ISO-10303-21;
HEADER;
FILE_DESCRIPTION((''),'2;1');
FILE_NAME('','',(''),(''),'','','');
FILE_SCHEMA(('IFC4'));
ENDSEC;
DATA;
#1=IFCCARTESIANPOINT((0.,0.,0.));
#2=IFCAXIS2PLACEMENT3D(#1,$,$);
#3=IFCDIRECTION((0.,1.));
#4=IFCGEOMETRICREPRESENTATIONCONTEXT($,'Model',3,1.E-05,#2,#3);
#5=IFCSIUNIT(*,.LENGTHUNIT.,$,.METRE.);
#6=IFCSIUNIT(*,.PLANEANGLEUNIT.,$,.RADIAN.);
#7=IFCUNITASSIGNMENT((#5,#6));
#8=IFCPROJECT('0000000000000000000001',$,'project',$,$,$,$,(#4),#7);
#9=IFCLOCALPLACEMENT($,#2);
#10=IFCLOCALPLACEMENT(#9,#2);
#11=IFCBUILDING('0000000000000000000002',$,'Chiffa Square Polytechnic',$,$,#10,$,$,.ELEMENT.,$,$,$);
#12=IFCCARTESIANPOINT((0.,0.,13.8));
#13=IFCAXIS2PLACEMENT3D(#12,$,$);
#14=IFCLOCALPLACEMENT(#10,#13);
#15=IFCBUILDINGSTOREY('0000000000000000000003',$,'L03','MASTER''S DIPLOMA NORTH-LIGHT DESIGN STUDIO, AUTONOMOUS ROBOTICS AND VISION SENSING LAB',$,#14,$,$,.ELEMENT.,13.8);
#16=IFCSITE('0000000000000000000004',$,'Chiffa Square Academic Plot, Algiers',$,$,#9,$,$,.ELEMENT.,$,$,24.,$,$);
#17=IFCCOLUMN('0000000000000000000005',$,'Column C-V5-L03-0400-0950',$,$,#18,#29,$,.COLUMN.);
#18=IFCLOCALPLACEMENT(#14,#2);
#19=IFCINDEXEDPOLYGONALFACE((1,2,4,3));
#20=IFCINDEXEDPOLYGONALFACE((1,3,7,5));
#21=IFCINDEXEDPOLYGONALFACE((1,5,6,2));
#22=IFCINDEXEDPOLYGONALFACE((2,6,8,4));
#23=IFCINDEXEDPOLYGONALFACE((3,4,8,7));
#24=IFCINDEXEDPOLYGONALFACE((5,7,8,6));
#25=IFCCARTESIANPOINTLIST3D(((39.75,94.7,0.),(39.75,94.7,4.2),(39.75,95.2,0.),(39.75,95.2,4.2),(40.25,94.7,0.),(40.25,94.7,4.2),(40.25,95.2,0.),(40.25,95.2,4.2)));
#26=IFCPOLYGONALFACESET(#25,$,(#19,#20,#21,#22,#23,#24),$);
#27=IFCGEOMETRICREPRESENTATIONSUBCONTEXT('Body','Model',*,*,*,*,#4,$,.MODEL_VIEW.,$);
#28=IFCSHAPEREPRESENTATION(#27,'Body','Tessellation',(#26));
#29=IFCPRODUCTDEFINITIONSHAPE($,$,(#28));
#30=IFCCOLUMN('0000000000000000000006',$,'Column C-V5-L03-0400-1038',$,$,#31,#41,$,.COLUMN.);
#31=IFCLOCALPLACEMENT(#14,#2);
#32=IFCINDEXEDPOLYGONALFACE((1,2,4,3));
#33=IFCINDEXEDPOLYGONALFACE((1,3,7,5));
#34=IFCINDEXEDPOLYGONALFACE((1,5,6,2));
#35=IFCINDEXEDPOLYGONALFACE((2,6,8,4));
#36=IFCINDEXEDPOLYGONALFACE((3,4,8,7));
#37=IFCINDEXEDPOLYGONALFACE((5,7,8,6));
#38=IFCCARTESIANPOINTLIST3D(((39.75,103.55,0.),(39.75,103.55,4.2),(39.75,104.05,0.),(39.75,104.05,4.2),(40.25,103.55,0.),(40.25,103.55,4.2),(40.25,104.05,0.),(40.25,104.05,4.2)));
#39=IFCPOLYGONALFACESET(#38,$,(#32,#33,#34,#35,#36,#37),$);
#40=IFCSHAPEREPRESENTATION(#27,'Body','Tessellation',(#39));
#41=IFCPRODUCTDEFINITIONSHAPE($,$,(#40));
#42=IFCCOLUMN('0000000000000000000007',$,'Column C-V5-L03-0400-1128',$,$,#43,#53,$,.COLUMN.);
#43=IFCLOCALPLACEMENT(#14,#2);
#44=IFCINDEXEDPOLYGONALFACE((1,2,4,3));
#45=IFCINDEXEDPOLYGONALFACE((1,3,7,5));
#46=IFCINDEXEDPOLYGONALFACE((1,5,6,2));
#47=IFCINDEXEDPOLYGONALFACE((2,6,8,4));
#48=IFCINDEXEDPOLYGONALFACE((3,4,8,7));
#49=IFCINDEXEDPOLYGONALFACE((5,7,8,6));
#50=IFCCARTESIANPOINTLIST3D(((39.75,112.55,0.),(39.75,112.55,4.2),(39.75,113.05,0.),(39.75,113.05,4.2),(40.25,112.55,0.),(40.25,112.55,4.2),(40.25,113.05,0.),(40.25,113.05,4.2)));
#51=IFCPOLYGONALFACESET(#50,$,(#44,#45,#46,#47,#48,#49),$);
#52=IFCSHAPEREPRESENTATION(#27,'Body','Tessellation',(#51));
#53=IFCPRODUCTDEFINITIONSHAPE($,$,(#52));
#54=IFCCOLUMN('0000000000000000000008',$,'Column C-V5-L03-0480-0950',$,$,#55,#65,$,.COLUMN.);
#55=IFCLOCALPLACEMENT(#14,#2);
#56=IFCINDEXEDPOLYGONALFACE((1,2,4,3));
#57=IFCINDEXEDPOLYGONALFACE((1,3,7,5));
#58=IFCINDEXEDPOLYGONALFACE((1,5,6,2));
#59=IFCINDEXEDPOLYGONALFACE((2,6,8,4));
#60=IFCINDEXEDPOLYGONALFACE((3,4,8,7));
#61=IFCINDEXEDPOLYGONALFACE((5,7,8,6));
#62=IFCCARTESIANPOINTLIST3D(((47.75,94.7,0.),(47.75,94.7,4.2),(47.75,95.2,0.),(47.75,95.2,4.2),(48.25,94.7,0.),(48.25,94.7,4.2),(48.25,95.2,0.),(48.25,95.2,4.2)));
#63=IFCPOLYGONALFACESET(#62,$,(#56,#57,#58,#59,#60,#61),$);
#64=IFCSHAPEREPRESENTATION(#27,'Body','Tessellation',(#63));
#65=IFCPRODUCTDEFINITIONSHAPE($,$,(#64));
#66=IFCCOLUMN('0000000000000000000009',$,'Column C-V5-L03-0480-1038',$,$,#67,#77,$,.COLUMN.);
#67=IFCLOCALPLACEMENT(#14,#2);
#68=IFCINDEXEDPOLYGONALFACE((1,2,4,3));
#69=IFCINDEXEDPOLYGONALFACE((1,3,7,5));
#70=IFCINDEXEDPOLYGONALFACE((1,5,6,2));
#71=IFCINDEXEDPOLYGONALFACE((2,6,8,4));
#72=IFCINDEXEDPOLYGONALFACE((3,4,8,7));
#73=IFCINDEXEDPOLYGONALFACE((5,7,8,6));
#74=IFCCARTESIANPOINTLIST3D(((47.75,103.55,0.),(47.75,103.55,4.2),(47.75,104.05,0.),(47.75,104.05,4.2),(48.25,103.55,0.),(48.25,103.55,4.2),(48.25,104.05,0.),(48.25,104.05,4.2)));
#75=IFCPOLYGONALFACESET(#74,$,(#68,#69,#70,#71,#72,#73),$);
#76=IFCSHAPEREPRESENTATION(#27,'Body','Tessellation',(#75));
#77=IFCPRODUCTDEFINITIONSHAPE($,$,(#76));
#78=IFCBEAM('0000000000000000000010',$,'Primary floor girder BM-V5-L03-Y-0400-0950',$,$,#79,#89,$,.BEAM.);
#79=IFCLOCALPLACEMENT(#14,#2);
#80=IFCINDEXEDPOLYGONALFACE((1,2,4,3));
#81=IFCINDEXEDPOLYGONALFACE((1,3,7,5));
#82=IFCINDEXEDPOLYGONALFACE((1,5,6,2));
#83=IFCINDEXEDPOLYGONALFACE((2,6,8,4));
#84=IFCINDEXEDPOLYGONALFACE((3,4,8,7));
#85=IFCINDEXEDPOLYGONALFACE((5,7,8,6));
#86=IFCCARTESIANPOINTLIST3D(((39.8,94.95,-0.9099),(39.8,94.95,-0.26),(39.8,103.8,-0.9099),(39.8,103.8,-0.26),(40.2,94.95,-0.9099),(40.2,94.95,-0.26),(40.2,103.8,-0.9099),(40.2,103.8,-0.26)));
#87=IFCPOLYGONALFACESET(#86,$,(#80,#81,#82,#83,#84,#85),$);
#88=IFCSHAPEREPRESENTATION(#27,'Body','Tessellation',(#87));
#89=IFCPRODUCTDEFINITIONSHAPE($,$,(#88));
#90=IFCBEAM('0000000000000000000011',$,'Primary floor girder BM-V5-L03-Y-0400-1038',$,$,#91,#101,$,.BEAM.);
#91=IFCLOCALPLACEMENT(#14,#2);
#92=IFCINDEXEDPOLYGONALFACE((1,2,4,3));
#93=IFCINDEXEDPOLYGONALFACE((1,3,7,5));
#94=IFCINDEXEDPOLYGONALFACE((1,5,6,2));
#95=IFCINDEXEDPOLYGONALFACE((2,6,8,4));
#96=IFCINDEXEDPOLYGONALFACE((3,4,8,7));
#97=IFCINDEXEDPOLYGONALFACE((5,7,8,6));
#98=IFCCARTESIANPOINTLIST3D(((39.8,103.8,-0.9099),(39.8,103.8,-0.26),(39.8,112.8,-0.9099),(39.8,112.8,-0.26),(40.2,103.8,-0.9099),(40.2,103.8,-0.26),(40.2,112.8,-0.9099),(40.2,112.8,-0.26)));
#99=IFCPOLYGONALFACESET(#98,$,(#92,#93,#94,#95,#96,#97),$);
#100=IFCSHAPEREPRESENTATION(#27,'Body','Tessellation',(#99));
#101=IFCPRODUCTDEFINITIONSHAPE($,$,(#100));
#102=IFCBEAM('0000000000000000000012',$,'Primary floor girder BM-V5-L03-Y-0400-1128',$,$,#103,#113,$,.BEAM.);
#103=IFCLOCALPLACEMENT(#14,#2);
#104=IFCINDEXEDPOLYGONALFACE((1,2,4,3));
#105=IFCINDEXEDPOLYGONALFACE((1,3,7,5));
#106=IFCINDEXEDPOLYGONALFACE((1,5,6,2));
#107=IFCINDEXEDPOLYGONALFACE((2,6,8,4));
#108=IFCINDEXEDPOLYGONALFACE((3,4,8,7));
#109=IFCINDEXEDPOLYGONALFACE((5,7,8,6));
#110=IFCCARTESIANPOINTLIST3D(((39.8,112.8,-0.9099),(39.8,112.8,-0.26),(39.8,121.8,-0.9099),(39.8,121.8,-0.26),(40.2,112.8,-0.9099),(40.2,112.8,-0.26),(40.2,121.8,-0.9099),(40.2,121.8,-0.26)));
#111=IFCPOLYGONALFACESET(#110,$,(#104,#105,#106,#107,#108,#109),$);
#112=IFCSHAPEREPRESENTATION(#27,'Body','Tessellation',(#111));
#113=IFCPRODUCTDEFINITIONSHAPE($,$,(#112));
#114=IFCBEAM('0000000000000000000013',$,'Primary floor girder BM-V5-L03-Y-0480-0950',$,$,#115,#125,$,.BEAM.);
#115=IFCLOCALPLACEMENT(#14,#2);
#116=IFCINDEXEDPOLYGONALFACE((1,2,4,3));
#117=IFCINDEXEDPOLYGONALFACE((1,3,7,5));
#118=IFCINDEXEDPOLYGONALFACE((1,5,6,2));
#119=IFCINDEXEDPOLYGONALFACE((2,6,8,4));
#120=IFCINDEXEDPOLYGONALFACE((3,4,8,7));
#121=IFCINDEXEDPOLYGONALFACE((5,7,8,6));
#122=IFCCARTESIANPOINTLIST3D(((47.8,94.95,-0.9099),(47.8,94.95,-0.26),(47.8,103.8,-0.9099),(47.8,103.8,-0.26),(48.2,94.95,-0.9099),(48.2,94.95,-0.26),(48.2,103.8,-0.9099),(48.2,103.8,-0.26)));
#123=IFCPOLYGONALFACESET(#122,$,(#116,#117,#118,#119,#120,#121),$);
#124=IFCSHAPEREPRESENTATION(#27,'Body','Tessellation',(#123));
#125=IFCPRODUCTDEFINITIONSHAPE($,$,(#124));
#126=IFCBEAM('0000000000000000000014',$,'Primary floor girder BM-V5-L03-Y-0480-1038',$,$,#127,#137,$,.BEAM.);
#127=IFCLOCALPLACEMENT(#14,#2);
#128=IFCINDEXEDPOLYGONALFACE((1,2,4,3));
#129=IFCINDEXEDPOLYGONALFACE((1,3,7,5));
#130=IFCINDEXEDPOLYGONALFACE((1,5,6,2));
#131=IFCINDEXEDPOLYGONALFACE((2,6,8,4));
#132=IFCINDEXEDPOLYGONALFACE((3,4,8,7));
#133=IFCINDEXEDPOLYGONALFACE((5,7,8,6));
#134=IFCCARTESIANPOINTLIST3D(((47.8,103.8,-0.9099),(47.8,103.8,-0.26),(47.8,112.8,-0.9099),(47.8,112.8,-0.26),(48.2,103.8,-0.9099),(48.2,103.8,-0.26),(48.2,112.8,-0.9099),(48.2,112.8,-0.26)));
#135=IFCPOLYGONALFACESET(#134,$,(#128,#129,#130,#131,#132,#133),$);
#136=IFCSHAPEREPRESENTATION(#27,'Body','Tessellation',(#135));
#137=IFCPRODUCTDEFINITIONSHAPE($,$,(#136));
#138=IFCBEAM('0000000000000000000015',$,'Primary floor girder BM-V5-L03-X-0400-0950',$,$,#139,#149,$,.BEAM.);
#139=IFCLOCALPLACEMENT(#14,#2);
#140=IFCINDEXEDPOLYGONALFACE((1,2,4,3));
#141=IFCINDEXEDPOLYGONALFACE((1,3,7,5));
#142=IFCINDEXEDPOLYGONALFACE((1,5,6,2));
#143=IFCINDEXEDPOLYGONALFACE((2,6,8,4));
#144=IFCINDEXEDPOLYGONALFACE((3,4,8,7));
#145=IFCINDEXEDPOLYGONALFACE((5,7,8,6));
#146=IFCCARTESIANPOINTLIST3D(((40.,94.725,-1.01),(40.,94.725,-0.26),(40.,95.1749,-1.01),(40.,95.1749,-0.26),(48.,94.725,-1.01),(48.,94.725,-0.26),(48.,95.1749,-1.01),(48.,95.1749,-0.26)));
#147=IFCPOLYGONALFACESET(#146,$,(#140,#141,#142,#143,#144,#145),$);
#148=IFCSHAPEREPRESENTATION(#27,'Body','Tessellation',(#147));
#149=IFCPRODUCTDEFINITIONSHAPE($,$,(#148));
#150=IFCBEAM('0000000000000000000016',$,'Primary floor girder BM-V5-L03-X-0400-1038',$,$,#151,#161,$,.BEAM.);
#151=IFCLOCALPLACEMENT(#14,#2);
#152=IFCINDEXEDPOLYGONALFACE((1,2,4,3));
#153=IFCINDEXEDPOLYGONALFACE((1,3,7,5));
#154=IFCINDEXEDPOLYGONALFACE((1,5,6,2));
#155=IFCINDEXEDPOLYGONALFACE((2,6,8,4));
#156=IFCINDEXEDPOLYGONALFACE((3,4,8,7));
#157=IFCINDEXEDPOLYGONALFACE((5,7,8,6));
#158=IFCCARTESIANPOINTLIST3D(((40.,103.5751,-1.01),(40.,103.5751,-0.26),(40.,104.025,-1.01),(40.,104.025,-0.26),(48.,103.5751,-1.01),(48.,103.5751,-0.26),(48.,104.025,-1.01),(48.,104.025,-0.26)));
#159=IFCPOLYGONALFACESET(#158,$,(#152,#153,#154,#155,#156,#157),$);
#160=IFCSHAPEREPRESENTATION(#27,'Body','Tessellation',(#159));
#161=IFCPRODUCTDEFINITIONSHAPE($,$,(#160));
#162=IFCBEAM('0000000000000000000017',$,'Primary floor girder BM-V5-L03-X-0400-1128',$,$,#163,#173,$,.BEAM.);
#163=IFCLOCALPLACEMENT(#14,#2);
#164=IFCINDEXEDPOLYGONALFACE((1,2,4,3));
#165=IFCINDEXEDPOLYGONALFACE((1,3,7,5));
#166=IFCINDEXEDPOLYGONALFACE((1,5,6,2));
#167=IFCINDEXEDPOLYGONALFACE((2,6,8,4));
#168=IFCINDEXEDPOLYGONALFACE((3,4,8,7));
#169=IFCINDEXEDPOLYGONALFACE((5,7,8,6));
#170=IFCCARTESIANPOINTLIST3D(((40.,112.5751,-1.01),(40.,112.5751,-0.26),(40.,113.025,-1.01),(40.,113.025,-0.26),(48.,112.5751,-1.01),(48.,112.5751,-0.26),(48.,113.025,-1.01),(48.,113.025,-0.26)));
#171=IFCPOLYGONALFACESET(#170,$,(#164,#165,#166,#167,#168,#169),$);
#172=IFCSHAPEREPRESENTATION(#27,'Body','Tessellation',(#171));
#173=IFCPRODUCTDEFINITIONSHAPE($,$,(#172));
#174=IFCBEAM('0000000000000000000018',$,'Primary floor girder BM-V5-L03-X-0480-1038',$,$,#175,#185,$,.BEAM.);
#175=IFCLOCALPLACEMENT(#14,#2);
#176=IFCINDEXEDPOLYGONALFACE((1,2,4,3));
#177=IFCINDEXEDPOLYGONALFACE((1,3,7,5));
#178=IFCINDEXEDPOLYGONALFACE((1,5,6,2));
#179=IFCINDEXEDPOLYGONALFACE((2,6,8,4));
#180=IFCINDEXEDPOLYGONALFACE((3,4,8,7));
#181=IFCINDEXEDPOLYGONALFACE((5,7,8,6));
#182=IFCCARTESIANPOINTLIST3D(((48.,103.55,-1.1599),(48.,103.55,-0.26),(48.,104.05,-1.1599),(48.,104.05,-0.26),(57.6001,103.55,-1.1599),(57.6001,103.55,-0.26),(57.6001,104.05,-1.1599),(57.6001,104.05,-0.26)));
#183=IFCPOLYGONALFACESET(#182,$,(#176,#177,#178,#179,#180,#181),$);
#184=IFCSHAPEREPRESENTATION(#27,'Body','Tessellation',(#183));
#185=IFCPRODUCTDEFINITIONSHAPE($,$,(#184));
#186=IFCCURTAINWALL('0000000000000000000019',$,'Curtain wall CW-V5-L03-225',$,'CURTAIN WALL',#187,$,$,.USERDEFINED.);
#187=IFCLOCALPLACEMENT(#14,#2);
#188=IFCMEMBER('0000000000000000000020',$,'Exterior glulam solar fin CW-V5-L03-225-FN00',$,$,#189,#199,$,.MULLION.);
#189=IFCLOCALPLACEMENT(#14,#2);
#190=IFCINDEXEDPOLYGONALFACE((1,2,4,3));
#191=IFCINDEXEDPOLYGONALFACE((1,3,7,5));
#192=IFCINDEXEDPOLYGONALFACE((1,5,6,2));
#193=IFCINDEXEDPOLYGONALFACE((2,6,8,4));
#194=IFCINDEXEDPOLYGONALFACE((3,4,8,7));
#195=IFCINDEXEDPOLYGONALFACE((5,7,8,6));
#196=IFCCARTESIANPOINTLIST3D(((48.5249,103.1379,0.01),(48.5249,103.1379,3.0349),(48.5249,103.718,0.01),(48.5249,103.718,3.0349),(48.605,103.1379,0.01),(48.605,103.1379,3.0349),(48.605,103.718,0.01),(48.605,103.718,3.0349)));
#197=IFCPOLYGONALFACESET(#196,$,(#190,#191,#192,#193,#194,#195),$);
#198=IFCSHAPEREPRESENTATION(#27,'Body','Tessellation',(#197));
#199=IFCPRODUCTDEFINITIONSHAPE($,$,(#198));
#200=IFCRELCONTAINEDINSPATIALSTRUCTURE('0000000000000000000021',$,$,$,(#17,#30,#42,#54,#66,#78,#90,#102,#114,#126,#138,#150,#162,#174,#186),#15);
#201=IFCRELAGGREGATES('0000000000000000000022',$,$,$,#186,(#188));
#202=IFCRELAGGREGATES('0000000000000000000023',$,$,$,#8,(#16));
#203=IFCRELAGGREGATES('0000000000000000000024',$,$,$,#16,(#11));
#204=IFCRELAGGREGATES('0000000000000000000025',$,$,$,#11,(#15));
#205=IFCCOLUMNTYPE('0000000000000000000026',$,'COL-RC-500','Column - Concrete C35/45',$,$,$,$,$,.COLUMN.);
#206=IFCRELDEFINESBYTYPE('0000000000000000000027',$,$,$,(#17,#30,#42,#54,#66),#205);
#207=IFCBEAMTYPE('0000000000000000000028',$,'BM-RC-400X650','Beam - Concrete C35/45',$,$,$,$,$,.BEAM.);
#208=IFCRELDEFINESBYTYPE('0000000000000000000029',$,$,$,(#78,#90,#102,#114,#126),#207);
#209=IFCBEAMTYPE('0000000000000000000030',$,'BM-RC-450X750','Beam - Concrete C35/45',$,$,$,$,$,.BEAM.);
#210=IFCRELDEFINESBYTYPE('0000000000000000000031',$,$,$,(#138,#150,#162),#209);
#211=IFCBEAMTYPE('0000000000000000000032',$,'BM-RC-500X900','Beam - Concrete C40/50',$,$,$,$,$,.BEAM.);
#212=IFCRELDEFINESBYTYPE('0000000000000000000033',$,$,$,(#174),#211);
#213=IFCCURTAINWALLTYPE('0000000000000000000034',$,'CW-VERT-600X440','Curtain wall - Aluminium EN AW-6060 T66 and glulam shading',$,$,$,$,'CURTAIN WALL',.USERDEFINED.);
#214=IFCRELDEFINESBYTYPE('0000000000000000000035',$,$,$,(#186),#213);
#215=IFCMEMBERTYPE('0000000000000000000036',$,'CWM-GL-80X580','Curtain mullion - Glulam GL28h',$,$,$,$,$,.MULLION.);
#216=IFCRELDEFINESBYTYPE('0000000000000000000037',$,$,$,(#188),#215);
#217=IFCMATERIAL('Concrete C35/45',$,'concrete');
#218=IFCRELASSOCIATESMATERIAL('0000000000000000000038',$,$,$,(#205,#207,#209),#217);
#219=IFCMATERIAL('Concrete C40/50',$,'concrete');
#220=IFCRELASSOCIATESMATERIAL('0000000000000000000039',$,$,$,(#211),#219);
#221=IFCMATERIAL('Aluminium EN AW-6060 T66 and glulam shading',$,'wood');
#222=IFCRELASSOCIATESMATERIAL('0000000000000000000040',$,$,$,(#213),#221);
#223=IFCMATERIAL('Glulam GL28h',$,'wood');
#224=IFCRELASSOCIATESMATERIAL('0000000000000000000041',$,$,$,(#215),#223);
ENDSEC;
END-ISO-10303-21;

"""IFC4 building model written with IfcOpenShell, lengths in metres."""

from ifc_helpers import new_model, si_unit, direction, frame, origin, origin_2d, place, context, subcontext, project, spatial, rectangle, extrude, material, material_profile, profile_set, type_object, element, aggregate, save


model = new_model("IFC4")

# Units and contexts
model_context = context("Model", 3, precision=1e-05, world=origin(), true_north=direction((0.0, 1.0)))
body_context = subcontext(model_context, "Body", "Model", "MODEL_VIEW")
ifc_project = project(units=[si_unit("LENGTHUNIT", "METRE"), si_unit("PLANEANGLEUNIT", "RADIAN")], contexts=[model_context])

# Site, building, storey
site_placement = place(None, origin())
site = spatial("IfcSite", under=ifc_project, at=site_placement, Name="Chiffa Square Academic Plot, Algiers", CompositionType="ELEMENT", RefElevation=24.0)
building_placement = place(site_placement, origin())
building = spatial("IfcBuilding", under=site, at=building_placement, Name="Chiffa Square Polytechnic", CompositionType="ELEMENT")
storey_placement = place(building_placement, frame((0.0, 0.0, 13.8)))
storey = spatial("IfcBuildingStorey", under=building, at=storey_placement, Name="L03", Description="MASTER'S DIPLOMA NORTH-LIGHT DESIGN STUDIO, AUTONOMOUS ROBOTICS AND VISION SENSING LAB", CompositionType="ELEMENT", Elevation=13.8)

# Columns
ifc_material_1 = material(Name="Concrete C35/45", Category="concrete")
ifc_material_profile_1 = material_profile(ifc_material_1, rectangle(XDim=0.5, YDim=0.5, at=origin_2d()), Name="RC 500x500")
ifc_profile_set_1 = profile_set([ifc_material_profile_1], Name="Concrete C35/45")
column_type = type_object("IfcColumnType", Name="COL-RC-500", Description="Column - Concrete C35/45", PredefinedType="COLUMN", material=ifc_profile_set_1)
for number, where, z_axis, x_axis, name in (
    (1, (40.0, 94.95, 0.0), (0.0, 0.0, 1.0), (1.0, 0.0, 0.0), "Column C-V5-L03-0400-0950"),
    (2, (40.0, 103.8, 0.0), (0.0, 0.0, 1.0), (1.0, 0.0, 0.0), "Column C-V5-L03-0400-1038"),
    (3, (40.0, 112.8, 0.0), (0.0, 0.0, 1.0), (1.0, 0.0, 0.0), "Column C-V5-L03-0400-1128"),
    (4, (48.0, 94.95, 0.0), (0.0, 0.0, 1.0), (1.0, 0.0, 0.0), "Column C-V5-L03-0480-0950"),
    (5, (48.0, 103.8, 0.0), (0.0, 0.0, 1.0), (1.0, 0.0, 0.0), "Column C-V5-L03-0480-1038"),
):
    element("IfcColumn", number, at=place(storey_placement, frame(where, z_axis=z_axis, x_axis=x_axis)), inside=storey, type_object=column_type, Name=name, PredefinedType="COLUMN", context=body_context, shape_type="SweptSolid", body=[
        extrude(rectangle(XDim=0.5, YDim=0.5, at=origin_2d()), origin(), (0.0, 0.0, 1.0), 4.2),
    ])

# Beams
ifc_material_profile_2 = material_profile(ifc_material_1, rectangle(XDim=0.3999, YDim=0.6499, at=origin_2d()), Name="RC 400x650")
ifc_profile_set_2 = profile_set([ifc_material_profile_2], Name="Concrete C35/45")
beam_type_1 = type_object("IfcBeamType", Name="BM-RC-400X650", Description="Beam - Concrete C35/45", PredefinedType="BEAM", material=ifc_profile_set_2)
beam_1_placement = place(storey_placement, frame((40.0, 94.95, -0.585), z_axis=(0.0, 1.0, 0.0), x_axis=(-1.0, 0.0, 0.0)))
element("IfcBeam", 6, at=beam_1_placement, inside=storey, type_object=beam_type_1, Name="Primary floor girder BM-V5-L03-Y-0400-0950", PredefinedType="BEAM", context=body_context, shape_type="SweptSolid", body=[
    extrude(rectangle(XDim=0.3999, YDim=0.6499, at=origin_2d()), origin(), (0.0, 0.0, 1.0), 8.8501),
])
for number, where, z_axis, x_axis, name in (
    (7, (40.0, 103.8, -0.585), (0.0, 1.0, 0.0), (-1.0, 0.0, 0.0), "Primary floor girder BM-V5-L03-Y-0400-1038"),
    (8, (40.0, 112.8, -0.585), (0.0, 1.0, 0.0), (-1.0, 0.0, 0.0), "Primary floor girder BM-V5-L03-Y-0400-1128"),
):
    element("IfcBeam", number, at=place(storey_placement, frame(where, z_axis=z_axis, x_axis=x_axis)), inside=storey, type_object=beam_type_1, Name=name, PredefinedType="BEAM", context=body_context, shape_type="SweptSolid", body=[
        extrude(rectangle(XDim=0.3999, YDim=0.6499, at=origin_2d()), origin(), (0.0, 0.0, 1.0), 9.0),
    ])
beam_2_placement = place(storey_placement, frame((48.0, 94.95, -0.585), z_axis=(0.0, 1.0, 0.0), x_axis=(-1.0, 0.0, 0.0)))
element("IfcBeam", 9, at=beam_2_placement, inside=storey, type_object=beam_type_1, Name="Primary floor girder BM-V5-L03-Y-0480-0950", PredefinedType="BEAM", context=body_context, shape_type="SweptSolid", body=[
    extrude(rectangle(XDim=0.3999, YDim=0.6499, at=origin_2d()), origin(), (0.0, 0.0, 1.0), 8.8501),
])
beam_3_placement = place(storey_placement, frame((48.0, 103.8, -0.585), z_axis=(0.0, 1.0, 0.0), x_axis=(-1.0, 0.0, 0.0)))
element("IfcBeam", 10, at=beam_3_placement, inside=storey, type_object=beam_type_1, Name="Primary floor girder BM-V5-L03-Y-0480-1038", PredefinedType="BEAM", context=body_context, shape_type="SweptSolid", body=[
    extrude(rectangle(XDim=0.3999, YDim=0.6499, at=origin_2d()), origin(), (0.0, 0.0, 1.0), 9.0),
])
ifc_material_profile_3 = material_profile(ifc_material_1, rectangle(XDim=0.45, YDim=0.75, at=origin_2d()), Name="RC 450x750")
ifc_profile_set_3 = profile_set([ifc_material_profile_3], Name="Concrete C35/45")
beam_type_2 = type_object("IfcBeamType", Name="BM-RC-450X750", Description="Beam - Concrete C35/45", PredefinedType="BEAM", material=ifc_profile_set_3)
for number, where, z_axis, x_axis, name in (
    (11, (40.0, 94.95, -0.635), (1.0, 0.0, 0.0), (0.0, 1.0, 0.0), "Primary floor girder BM-V5-L03-X-0400-0950"),
    (12, (40.0, 103.8, -0.635), (1.0, 0.0, 0.0), (0.0, 1.0, 0.0), "Primary floor girder BM-V5-L03-X-0400-1038"),
    (13, (40.0, 112.8, -0.635), (1.0, 0.0, 0.0), (0.0, 1.0, 0.0), "Primary floor girder BM-V5-L03-X-0400-1128"),
):
    element("IfcBeam", number, at=place(storey_placement, frame(where, z_axis=z_axis, x_axis=x_axis)), inside=storey, type_object=beam_type_2, Name=name, PredefinedType="BEAM", context=body_context, shape_type="SweptSolid", body=[
        extrude(rectangle(XDim=0.45, YDim=0.75, at=origin_2d()), origin(), (0.0, 0.0, 1.0), 8.0),
    ])
ifc_material_2 = material(Name="Concrete C40/50", Category="concrete")
ifc_material_profile_4 = material_profile(ifc_material_2, rectangle(XDim=0.5, YDim=0.8999, at=origin_2d()), Name="RC 500x900")
ifc_profile_set_4 = profile_set([ifc_material_profile_4], Name="Concrete C40/50")
beam_type_3 = type_object("IfcBeamType", Name="BM-RC-500X900", Description="Beam - Concrete C40/50", PredefinedType="BEAM", material=ifc_profile_set_4)
beam_4_placement = place(storey_placement, frame((48.0, 103.8, -0.71), z_axis=(1.0, 0.0, 0.0), x_axis=(0.0, 1.0, 0.0)))
element("IfcBeam", 14, at=beam_4_placement, inside=storey, type_object=beam_type_3, Name="Primary floor girder BM-V5-L03-X-0480-1038", PredefinedType="BEAM", context=body_context, shape_type="SweptSolid", body=[
    extrude(rectangle(XDim=0.5, YDim=0.8999, at=origin_2d()), origin(), (0.0, 0.0, 1.0), 9.6001),
])

# Curtain wall, member
ifc_material_3 = material(Name="Aluminium EN AW-6060 T66 and glulam shading", Category="wood")
curtain_wall_type = type_object("IfcCurtainWallType", Name="CW-VERT-600X440", Description="Curtain wall - Aluminium EN AW-6060 T66 and glulam shading", ElementType="CURTAIN WALL", PredefinedType="USERDEFINED", material=ifc_material_3)
curtain_wall_placement = place(storey_placement, origin())
curtain_wall = element("IfcCurtainWall", 15, at=curtain_wall_placement, inside=storey, type_object=curtain_wall_type, Name="Curtain wall CW-V5-L03-225", ObjectType="CURTAIN WALL", PredefinedType="USERDEFINED")
ifc_material_4 = material(Name="Glulam GL28h", Category="wood")
ifc_material_profile_5 = material_profile(ifc_material_4, rectangle(XDim=0.0801, YDim=0.5801, at=origin_2d()), Name="GL28h 80x580")
ifc_profile_set_5 = profile_set([ifc_material_profile_5], Name="Glulam GL28h")
member_type_1 = type_object("IfcMemberType", Name="CWM-GL-80X580", Description="Curtain mullion - Glulam GL28h", PredefinedType="MULLION", material=ifc_profile_set_5)
member_1_placement = place(storey_placement, frame((48.5649, 103.428, 0.01), z_axis=(0.0, 0.0, 1.0), x_axis=(1.0, 0.0, 0.0)))
member_1 = element("IfcMember", 16, at=member_1_placement, type_object=member_type_1, Name="Exterior glulam solar fin CW-V5-L03-225-FN00", PredefinedType="MULLION", context=body_context, shape_type="SweptSolid", body=[
    extrude(rectangle(XDim=0.0801, YDim=0.5801, at=origin_2d()), origin(), (0.0, 0.0, 1.0), 3.0249),
])
aggregate(curtain_wall, [member_1])

save(model, "model.ifc")
